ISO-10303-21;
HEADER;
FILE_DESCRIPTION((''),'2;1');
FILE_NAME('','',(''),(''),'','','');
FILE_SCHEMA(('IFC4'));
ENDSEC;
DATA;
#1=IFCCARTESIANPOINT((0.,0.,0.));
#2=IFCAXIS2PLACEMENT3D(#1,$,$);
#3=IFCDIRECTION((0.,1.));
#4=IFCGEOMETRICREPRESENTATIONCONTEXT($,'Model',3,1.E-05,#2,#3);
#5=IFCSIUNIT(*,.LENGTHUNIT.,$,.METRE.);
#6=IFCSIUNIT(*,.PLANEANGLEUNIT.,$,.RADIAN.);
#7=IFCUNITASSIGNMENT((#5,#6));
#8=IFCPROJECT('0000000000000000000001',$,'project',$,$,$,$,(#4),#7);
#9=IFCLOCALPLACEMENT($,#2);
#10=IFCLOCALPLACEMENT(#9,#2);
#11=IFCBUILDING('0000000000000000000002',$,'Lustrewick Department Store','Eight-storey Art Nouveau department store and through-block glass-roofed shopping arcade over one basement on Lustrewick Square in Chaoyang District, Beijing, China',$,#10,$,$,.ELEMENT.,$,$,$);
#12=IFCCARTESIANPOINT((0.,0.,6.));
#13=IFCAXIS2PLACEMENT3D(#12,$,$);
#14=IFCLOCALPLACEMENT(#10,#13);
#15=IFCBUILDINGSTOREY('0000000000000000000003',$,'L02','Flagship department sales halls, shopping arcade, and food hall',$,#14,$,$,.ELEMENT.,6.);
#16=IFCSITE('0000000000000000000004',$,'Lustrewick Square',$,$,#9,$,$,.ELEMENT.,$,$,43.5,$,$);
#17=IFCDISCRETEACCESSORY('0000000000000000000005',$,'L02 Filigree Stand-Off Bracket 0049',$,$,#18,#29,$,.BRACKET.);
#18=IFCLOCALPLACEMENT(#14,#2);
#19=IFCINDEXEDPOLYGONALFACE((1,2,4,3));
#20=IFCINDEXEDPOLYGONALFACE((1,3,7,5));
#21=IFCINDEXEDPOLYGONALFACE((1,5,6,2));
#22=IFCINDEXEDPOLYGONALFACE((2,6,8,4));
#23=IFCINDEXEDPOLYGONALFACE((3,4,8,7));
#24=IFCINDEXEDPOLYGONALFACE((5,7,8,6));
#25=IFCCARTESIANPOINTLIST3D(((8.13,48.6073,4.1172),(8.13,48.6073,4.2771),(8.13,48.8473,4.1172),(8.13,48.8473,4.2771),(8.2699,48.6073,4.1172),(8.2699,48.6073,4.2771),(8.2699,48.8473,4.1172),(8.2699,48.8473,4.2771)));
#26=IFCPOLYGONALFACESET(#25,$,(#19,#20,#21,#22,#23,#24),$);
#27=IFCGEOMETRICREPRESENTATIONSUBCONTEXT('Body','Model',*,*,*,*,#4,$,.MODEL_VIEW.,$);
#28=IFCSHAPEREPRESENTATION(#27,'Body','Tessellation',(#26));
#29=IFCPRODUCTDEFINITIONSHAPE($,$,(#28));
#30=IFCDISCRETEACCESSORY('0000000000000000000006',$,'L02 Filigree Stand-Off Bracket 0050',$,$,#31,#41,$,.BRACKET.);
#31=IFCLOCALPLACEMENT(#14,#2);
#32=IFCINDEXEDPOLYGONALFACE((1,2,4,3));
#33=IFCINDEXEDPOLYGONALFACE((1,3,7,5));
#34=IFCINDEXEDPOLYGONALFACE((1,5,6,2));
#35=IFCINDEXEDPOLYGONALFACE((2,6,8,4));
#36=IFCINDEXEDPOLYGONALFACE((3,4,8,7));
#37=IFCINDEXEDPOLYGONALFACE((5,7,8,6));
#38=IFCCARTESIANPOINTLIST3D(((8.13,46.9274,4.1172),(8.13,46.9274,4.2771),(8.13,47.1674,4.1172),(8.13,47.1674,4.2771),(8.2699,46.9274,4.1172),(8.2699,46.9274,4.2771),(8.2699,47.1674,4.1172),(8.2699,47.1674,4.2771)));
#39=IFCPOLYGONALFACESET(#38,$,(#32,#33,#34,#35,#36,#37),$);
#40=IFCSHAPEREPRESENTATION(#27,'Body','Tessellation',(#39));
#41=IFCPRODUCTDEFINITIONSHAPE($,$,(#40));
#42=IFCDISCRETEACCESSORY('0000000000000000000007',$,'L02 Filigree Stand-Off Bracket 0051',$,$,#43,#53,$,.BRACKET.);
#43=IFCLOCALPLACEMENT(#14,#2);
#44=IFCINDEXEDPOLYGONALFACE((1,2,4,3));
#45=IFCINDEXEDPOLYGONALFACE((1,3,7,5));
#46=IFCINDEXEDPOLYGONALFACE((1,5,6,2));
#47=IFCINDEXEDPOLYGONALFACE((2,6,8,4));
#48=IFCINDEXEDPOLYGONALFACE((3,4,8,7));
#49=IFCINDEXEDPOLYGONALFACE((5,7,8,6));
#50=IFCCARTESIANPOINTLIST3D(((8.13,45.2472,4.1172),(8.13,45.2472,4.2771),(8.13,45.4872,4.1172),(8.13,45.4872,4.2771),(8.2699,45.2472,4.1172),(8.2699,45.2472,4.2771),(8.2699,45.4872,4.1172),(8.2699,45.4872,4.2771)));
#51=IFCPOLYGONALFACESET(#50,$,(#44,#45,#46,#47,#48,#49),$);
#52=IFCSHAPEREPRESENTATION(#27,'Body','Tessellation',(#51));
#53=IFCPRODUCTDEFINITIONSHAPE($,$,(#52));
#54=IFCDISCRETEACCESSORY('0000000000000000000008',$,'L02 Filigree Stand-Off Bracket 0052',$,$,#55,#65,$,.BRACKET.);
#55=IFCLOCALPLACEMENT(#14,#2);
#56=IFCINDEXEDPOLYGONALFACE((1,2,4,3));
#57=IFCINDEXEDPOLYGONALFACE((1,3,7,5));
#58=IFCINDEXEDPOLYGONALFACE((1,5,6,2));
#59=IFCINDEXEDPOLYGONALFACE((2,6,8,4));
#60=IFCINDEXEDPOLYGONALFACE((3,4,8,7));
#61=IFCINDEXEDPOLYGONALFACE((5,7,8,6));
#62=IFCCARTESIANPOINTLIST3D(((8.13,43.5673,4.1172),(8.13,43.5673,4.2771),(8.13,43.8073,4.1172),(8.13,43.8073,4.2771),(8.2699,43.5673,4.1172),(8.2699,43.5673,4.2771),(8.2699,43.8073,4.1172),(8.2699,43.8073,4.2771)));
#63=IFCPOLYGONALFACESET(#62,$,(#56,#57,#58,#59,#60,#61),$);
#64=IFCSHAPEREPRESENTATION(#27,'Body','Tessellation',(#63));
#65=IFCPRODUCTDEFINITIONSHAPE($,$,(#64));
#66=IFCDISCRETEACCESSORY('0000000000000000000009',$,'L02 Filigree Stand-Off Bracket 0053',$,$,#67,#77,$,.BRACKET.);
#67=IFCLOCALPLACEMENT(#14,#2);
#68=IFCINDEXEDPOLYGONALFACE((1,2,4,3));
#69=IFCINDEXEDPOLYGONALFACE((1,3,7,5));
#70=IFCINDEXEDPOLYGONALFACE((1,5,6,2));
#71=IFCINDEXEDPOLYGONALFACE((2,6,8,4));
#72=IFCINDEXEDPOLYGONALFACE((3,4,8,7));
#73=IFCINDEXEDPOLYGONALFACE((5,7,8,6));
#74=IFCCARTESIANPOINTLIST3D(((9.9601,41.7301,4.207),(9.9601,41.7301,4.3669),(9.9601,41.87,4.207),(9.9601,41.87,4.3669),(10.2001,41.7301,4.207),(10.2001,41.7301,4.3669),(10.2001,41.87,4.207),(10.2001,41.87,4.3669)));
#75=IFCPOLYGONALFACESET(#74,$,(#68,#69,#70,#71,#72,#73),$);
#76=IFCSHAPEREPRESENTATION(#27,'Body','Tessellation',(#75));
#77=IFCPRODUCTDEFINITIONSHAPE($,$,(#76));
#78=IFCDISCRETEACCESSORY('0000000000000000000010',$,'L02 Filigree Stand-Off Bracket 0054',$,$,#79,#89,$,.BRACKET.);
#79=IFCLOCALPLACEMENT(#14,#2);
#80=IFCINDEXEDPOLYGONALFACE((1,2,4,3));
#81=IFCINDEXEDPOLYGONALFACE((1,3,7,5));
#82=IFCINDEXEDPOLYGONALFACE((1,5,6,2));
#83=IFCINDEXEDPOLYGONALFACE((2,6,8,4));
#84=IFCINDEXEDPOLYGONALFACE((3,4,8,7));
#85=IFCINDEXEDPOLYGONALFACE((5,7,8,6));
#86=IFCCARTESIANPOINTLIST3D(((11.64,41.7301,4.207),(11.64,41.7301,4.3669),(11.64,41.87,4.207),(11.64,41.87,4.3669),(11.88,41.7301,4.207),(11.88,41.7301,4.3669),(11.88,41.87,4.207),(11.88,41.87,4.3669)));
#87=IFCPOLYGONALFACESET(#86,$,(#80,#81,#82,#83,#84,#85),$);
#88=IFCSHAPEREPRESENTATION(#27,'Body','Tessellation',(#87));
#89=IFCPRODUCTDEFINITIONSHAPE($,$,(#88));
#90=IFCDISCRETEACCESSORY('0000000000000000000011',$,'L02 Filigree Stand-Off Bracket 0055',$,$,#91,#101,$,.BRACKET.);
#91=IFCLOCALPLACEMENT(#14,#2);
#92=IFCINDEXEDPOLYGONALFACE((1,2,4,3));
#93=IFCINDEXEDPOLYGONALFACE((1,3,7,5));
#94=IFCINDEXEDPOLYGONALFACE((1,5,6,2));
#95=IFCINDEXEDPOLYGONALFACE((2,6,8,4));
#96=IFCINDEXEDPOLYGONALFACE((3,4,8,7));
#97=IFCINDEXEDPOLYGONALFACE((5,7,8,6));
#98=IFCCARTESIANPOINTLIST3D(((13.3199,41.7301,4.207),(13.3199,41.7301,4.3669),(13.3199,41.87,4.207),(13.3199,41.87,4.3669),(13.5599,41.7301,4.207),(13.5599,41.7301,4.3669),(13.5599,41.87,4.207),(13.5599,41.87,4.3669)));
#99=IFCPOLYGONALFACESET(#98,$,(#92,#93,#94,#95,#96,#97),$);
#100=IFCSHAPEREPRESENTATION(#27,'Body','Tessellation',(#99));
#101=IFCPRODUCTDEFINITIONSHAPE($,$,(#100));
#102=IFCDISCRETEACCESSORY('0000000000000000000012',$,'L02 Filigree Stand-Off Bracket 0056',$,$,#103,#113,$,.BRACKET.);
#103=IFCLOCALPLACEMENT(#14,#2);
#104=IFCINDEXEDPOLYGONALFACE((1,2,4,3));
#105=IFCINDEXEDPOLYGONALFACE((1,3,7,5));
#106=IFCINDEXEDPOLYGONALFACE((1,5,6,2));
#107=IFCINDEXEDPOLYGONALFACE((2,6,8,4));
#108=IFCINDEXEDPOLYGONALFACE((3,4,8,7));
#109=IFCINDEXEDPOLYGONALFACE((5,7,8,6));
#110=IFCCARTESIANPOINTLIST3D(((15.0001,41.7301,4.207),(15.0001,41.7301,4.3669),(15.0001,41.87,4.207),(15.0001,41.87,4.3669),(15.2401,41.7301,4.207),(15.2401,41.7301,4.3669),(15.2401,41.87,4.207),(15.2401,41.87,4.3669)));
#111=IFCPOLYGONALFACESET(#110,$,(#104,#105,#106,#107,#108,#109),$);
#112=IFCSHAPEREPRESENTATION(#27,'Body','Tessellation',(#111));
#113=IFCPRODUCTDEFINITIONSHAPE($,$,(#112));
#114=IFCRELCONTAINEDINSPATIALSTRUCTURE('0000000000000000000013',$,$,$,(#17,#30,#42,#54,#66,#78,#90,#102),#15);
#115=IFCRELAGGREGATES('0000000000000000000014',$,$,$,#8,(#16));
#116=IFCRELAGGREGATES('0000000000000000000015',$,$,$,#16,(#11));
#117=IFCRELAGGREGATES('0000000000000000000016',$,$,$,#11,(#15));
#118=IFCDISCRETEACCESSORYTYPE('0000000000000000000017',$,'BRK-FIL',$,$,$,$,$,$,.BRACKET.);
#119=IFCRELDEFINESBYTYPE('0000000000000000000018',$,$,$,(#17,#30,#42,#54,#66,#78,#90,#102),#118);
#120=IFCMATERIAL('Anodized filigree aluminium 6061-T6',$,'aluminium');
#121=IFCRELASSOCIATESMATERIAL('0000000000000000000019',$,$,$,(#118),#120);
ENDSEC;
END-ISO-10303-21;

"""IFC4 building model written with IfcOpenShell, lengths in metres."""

from ifc_helpers import new_model, si_unit, direction, frame, origin, origin_2d, place, context, subcontext, project, spatial, rectangle, extrude, material, type_object, element, save


model = new_model("IFC4")

# Units and contexts
model_context = context("Model", 3, precision=1e-05, world=origin(), true_north=direction((0.0, 1.0)))
body_context = subcontext(model_context, "Body", "Model", "MODEL_VIEW")
ifc_project = project(units=[si_unit("LENGTHUNIT", "METRE"), si_unit("PLANEANGLEUNIT", "RADIAN")], contexts=[model_context])

# Site, building, storey
site_placement = place(None, origin())
site = spatial("IfcSite", under=ifc_project, at=site_placement, Name="Lustrewick Square", CompositionType="ELEMENT", RefElevation=43.5)
building_placement = place(site_placement, origin())
building = spatial("IfcBuilding", under=site, at=building_placement, Name="Lustrewick Department Store", Description="Eight-storey Art Nouveau department store and through-block glass-roofed shopping arcade over one basement on Lustrewick Square in Chaoyang District, Beijing, China", CompositionType="ELEMENT")
storey_placement = place(building_placement, frame((0.0, 0.0, 6.0)))
storey = spatial("IfcBuildingStorey", under=building, at=storey_placement, Name="L02", Description="Flagship department sales halls, shopping arcade, and food hall", CompositionType="ELEMENT", Elevation=6.0)

# Discrete accessories
ifc_material_1 = material(Name="Anodized filigree aluminium 6061-T6", Category="aluminium")
discrete_accessory_type = type_object("IfcDiscreteAccessoryType", Name="BRK-FIL", PredefinedType="BRACKET", material=ifc_material_1)
for number, where, z_axis, x_axis, name in (
    (1, (8.2, 48.7273, 4.1172), (0.0, 0.0, 1.0), (0.0, -1.0, 0.0), "L02 Filigree Stand-Off Bracket 0049"),
    (2, (8.2, 47.0474, 4.1172), (0.0, 0.0, 1.0), (0.0, -1.0, 0.0), "L02 Filigree Stand-Off Bracket 0050"),
    (3, (8.2, 45.3672, 4.1172), (0.0, 0.0, 1.0), (0.0, -1.0, 0.0), "L02 Filigree Stand-Off Bracket 0051"),
    (4, (8.2, 43.6873, 4.1172), (0.0, 0.0, 1.0), (0.0, -1.0, 0.0), "L02 Filigree Stand-Off Bracket 0052"),
    (5, (10.0801, 41.8, 4.207), (0.0, 0.0, 1.0), (1.0, 0.0, 0.0), "L02 Filigree Stand-Off Bracket 0053"),
    (6, (11.76, 41.8, 4.207), (0.0, 0.0, 1.0), (1.0, 0.0, 0.0), "L02 Filigree Stand-Off Bracket 0054"),
    (7, (13.4399, 41.8, 4.207), (0.0, 0.0, 1.0), (1.0, 0.0, 0.0), "L02 Filigree Stand-Off Bracket 0055"),
    (8, (15.1201, 41.8, 4.207), (0.0, 0.0, 1.0), (1.0, 0.0, 0.0), "L02 Filigree Stand-Off Bracket 0056"),
):
    element("IfcDiscreteAccessory", number, at=place(storey_placement, frame(where, z_axis=z_axis, x_axis=x_axis)), inside=storey, type_object=discrete_accessory_type, Name=name, PredefinedType="BRACKET", context=body_context, shape_type="SweptSolid", body=[
        extrude(rectangle(XDim=0.24, YDim=0.1399, at=origin_2d()), origin(), (0.0, 0.0, 1.0), 0.1599),
    ])

save(model, "model.ifc")
